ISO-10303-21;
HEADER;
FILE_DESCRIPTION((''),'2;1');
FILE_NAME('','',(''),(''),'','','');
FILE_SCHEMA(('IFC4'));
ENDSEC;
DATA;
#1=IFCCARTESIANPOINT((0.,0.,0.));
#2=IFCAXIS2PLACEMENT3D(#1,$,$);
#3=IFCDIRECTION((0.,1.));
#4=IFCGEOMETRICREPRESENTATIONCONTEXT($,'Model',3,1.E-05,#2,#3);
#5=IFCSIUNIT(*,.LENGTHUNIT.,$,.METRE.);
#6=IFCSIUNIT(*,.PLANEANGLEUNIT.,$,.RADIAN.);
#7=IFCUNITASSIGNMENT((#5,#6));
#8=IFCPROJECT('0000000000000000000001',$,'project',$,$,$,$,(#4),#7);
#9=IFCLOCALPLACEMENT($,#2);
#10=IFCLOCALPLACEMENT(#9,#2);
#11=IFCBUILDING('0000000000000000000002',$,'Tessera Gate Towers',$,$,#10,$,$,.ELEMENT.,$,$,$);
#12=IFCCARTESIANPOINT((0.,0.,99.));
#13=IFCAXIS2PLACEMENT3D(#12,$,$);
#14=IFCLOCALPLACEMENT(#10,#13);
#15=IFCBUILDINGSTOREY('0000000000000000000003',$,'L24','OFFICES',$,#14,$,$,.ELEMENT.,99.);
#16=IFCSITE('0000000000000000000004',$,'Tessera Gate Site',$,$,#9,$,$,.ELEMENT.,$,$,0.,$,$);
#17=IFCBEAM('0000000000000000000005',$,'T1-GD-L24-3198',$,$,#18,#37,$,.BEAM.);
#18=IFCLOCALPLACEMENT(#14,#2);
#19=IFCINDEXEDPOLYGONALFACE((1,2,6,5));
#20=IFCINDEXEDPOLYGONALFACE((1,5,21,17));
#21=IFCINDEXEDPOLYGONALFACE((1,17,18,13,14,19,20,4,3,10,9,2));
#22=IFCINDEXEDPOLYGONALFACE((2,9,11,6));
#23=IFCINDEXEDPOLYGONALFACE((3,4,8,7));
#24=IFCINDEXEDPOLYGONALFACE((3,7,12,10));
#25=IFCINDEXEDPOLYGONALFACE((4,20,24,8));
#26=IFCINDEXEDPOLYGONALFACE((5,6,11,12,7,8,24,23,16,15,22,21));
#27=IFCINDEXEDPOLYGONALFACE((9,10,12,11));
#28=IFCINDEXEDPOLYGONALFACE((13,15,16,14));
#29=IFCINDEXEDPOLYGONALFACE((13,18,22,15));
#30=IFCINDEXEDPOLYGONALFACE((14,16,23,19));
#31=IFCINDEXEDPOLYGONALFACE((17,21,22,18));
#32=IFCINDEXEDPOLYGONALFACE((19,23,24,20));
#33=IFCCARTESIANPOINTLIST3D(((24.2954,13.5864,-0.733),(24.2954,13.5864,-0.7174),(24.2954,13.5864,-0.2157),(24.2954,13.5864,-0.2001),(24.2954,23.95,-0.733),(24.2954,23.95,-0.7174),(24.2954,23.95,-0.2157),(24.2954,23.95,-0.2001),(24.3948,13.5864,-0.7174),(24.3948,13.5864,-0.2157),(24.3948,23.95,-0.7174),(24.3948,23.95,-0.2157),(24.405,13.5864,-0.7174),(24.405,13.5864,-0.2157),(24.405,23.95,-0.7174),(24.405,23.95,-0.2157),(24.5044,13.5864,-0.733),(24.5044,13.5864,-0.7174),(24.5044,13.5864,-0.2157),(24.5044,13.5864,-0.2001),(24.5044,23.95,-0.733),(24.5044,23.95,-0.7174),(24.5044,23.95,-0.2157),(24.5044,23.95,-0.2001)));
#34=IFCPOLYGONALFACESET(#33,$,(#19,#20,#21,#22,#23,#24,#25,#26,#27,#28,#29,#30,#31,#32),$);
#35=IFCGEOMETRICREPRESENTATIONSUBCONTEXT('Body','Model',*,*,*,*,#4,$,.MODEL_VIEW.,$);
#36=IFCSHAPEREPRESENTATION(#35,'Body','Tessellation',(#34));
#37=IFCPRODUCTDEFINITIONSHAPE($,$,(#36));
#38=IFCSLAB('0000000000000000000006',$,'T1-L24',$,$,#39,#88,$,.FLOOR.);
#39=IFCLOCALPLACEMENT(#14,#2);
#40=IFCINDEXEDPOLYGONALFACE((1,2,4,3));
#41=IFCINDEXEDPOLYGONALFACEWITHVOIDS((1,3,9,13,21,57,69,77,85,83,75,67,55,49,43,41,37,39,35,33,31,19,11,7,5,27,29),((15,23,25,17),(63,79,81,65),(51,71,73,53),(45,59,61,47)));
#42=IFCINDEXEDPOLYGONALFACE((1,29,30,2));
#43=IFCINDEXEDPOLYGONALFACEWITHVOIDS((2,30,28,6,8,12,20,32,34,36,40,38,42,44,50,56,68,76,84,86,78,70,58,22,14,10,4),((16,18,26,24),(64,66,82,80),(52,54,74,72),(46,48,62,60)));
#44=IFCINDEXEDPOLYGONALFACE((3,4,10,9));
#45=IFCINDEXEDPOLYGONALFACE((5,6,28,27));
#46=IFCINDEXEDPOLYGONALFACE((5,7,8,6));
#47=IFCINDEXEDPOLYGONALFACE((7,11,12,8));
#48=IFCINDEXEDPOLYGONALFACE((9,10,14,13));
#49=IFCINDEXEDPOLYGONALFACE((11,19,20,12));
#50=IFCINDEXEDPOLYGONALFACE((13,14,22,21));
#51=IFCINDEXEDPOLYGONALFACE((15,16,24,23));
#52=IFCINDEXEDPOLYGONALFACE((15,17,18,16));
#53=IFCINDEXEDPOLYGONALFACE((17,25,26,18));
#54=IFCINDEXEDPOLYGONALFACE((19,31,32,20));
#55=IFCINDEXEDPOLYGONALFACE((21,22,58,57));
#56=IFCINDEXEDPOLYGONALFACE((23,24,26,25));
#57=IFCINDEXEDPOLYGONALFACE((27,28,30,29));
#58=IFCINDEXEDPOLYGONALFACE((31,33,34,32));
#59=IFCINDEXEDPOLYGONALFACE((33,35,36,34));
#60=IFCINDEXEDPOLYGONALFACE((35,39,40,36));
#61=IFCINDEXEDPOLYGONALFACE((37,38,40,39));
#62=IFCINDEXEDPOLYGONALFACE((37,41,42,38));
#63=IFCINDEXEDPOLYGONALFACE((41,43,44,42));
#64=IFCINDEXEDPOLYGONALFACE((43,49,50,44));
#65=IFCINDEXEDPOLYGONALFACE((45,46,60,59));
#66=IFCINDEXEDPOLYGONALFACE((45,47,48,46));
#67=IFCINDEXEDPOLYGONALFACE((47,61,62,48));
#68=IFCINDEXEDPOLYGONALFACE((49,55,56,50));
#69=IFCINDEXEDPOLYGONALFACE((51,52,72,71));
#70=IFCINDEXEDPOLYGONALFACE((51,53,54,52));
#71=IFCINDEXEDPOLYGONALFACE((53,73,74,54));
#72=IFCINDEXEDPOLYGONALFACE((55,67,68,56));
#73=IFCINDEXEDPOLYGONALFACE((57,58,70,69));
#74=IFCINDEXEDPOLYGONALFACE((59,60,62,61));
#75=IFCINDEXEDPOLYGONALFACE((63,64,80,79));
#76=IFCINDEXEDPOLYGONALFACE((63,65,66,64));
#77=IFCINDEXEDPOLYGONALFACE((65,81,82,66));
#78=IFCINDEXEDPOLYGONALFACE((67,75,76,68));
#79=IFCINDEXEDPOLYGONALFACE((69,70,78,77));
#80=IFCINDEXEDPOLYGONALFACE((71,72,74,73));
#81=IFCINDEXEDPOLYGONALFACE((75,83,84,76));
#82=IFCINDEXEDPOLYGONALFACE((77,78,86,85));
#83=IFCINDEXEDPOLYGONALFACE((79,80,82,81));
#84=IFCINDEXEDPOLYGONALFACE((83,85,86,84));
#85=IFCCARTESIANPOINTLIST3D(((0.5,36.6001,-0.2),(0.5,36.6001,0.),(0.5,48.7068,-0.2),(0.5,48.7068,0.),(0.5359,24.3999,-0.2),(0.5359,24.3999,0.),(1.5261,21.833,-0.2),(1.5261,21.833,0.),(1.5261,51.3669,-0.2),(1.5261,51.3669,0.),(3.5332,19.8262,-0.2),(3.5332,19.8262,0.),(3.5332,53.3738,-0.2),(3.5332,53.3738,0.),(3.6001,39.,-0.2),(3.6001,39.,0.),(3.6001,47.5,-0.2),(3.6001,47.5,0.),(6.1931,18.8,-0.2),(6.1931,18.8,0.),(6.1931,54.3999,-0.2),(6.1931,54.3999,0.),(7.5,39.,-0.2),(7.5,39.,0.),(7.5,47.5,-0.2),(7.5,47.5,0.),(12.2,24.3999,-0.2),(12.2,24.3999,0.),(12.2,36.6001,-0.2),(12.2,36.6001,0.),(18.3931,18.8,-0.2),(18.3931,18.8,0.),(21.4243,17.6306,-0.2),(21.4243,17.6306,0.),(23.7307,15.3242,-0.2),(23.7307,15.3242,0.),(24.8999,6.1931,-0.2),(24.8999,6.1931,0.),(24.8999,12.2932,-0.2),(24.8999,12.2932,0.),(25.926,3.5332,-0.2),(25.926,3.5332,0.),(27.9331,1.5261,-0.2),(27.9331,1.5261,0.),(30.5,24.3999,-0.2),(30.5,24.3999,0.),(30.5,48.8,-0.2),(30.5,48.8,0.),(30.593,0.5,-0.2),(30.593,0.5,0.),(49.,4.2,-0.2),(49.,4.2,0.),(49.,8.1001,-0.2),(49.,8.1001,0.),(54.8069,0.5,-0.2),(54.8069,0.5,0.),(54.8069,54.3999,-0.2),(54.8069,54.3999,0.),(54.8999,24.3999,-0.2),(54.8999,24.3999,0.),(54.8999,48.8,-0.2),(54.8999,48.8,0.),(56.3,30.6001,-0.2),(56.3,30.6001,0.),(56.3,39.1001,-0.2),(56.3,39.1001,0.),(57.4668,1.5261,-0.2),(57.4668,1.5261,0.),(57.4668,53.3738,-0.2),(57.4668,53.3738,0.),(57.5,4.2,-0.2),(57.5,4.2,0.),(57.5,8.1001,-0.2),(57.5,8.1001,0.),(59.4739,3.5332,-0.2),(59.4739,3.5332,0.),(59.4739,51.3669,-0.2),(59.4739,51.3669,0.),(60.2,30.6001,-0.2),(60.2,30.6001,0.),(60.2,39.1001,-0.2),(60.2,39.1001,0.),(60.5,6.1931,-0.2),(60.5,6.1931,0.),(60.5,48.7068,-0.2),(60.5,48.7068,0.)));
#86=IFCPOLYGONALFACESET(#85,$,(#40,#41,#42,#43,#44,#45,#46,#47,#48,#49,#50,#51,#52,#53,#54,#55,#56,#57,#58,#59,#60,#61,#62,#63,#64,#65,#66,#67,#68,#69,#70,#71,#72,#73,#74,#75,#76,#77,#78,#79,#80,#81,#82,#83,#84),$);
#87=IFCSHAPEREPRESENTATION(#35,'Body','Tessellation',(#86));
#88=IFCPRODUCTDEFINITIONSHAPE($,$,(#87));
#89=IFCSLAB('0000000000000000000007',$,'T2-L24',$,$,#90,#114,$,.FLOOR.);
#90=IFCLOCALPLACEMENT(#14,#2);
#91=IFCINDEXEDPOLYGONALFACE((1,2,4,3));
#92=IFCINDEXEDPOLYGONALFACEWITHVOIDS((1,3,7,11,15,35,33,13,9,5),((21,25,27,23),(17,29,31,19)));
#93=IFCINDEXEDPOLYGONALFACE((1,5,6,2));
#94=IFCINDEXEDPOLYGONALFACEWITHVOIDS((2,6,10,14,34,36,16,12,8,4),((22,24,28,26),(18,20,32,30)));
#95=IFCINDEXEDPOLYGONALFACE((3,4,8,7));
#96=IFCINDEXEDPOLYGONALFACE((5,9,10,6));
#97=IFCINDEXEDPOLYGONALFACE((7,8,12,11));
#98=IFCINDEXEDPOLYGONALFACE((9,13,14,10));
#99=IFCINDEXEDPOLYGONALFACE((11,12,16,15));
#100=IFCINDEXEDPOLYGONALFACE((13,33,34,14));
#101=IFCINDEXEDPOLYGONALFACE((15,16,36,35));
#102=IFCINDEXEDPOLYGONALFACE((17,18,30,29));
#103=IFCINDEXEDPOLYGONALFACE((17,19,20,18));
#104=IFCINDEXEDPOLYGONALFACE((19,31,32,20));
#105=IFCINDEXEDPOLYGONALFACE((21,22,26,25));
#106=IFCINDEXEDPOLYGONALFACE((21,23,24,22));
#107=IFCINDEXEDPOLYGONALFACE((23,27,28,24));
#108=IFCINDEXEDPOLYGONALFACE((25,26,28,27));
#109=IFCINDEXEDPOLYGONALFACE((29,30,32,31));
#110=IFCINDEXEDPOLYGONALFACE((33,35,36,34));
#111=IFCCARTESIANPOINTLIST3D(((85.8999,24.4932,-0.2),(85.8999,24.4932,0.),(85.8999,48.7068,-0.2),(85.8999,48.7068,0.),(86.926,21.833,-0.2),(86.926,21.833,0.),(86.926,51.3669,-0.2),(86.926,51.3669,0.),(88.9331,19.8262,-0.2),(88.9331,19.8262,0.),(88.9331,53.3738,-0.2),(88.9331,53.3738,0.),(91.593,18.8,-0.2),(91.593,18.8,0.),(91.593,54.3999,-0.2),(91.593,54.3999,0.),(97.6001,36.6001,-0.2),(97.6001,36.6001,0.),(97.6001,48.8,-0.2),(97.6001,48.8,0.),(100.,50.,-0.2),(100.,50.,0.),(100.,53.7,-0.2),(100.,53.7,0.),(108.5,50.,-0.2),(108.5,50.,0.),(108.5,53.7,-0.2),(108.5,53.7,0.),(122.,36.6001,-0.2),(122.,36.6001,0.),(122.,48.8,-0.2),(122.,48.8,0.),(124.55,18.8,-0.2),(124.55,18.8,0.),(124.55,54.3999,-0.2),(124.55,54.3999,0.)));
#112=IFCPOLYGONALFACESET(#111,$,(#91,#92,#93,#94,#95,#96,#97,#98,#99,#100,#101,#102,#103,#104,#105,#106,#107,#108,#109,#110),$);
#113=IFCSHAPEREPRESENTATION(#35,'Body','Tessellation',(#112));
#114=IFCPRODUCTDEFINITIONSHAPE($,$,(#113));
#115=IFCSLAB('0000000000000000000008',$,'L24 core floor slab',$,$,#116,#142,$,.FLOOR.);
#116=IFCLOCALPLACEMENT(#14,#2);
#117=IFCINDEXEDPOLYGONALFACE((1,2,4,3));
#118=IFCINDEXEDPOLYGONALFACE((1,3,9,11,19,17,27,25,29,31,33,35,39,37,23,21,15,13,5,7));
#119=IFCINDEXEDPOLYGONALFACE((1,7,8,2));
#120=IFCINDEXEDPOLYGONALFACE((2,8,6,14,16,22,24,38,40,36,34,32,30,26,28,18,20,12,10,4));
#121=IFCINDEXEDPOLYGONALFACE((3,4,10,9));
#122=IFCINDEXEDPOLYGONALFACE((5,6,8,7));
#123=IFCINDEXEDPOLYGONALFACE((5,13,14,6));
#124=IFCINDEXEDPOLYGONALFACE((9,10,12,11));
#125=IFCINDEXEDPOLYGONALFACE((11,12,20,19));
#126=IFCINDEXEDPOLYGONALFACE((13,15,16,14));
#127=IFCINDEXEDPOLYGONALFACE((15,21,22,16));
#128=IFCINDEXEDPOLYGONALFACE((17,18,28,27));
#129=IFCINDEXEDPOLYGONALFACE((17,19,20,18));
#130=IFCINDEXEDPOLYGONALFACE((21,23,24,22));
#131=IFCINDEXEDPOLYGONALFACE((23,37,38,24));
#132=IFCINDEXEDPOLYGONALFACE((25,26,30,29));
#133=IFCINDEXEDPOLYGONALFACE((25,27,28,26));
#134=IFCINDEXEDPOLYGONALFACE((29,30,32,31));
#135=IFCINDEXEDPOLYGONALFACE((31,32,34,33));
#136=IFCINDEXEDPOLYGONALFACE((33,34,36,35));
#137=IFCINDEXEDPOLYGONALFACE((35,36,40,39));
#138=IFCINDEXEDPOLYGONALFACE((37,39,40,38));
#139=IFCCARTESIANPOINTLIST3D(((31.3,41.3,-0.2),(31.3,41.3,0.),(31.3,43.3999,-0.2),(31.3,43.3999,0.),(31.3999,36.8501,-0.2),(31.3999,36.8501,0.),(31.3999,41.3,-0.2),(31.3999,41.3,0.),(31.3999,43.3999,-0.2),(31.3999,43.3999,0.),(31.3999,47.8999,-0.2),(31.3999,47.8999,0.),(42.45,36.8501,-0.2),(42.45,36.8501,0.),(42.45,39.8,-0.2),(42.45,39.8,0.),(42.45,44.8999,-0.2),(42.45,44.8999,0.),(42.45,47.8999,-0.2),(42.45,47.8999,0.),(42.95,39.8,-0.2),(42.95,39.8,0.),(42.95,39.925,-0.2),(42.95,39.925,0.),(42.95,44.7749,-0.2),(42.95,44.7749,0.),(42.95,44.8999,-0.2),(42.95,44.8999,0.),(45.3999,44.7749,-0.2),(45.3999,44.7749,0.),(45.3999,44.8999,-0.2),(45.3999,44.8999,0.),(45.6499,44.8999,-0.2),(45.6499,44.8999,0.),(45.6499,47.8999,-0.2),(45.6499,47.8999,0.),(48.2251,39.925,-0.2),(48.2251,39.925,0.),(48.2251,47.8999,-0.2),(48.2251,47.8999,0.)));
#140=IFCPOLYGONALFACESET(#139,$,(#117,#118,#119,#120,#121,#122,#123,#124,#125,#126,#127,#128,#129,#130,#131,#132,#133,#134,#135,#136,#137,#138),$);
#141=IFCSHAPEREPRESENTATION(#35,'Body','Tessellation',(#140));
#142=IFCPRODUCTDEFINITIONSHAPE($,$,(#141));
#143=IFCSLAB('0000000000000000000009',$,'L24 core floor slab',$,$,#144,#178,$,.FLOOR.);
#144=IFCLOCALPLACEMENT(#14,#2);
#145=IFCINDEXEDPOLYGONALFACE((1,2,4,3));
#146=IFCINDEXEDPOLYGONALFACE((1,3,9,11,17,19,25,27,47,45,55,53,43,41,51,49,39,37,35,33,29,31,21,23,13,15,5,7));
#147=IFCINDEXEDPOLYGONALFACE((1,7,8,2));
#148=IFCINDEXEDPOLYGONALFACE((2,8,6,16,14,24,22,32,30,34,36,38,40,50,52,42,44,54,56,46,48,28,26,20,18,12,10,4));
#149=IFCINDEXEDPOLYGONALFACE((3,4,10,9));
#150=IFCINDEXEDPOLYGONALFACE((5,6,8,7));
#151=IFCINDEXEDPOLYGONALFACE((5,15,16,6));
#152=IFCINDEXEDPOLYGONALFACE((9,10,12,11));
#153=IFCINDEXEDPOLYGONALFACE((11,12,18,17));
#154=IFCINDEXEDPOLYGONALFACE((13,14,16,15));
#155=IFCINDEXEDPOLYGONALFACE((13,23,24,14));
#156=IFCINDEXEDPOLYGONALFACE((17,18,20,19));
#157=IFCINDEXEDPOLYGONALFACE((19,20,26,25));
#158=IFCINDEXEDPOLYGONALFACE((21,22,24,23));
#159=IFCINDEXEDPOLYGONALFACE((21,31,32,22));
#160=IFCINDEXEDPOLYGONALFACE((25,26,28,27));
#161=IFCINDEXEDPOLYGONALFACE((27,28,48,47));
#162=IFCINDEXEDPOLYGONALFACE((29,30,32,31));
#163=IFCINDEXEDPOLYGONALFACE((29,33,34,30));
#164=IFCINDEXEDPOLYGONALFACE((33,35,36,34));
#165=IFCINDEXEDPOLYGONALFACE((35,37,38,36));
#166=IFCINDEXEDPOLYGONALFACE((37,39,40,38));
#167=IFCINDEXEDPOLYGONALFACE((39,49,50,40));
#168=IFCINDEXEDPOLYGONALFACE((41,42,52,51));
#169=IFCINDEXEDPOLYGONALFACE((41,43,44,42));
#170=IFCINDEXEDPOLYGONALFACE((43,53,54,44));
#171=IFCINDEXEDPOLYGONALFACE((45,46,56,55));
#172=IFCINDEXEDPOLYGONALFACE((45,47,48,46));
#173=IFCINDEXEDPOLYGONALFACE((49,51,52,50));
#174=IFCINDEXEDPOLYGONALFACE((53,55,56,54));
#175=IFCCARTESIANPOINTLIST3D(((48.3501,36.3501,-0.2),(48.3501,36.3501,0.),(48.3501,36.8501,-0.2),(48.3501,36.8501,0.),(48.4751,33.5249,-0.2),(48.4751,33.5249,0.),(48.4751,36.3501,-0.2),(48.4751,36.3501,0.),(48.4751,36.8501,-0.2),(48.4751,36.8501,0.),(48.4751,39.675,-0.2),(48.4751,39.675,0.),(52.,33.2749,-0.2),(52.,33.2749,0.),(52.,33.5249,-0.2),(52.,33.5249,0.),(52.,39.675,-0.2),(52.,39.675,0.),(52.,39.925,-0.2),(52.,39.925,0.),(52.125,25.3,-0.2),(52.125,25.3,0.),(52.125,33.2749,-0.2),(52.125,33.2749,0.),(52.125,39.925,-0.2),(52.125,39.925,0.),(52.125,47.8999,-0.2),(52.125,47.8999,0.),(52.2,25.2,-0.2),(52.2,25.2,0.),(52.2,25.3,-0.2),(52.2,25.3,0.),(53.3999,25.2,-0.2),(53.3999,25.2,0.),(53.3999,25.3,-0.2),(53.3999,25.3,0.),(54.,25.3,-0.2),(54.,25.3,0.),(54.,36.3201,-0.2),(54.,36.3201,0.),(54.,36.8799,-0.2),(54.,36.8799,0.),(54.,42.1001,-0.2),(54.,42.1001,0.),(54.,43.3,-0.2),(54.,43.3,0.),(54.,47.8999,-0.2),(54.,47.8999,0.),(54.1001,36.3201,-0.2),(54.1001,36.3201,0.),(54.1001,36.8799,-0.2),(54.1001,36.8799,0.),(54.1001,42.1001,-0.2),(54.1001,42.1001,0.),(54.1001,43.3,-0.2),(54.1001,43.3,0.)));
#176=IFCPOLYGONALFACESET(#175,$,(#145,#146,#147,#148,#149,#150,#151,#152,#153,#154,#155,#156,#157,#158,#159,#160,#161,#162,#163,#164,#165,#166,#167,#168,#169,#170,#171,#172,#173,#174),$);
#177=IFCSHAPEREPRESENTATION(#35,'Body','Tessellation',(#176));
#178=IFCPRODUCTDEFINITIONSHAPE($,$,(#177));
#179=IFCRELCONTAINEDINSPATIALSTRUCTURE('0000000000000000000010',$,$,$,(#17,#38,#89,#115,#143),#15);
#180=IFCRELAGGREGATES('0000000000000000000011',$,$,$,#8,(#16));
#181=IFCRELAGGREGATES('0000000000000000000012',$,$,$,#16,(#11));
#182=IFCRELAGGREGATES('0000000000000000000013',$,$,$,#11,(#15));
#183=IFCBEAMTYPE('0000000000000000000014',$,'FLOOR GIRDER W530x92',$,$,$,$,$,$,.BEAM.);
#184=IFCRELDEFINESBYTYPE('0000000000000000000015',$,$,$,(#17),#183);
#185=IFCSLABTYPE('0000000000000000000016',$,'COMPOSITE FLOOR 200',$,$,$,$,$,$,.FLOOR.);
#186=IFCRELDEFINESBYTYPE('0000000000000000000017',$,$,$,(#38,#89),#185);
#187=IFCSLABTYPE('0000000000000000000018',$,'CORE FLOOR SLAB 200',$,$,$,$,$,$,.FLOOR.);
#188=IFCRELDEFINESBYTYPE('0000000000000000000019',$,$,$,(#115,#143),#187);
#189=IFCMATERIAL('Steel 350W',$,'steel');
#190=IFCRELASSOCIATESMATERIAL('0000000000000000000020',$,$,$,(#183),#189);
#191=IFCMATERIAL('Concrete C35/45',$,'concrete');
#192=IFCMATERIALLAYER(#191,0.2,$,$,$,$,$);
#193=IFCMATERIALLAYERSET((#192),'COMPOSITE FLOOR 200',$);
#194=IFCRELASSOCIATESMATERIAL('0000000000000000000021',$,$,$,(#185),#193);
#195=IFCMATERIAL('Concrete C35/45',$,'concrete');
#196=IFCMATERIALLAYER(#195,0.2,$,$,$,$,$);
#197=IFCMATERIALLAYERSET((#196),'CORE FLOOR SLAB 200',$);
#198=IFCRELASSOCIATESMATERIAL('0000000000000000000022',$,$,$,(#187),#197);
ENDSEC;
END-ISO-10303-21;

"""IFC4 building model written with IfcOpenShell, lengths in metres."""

from ifc_helpers import new_model, si_unit, direction, frame, origin, origin_2d, place, context, subcontext, project, spatial, polyline, i_section, outline, extrude, material, layer, layer_set, material_profile, profile_set, type_object, element, save


model = new_model("IFC4")

# Units and contexts
model_context = context("Model", 3, precision=1e-05, world=origin(), true_north=direction((0.0, 1.0)))
body_context = subcontext(model_context, "Body", "Model", "MODEL_VIEW")
ifc_project = project(units=[si_unit("LENGTHUNIT", "METRE"), si_unit("PLANEANGLEUNIT", "RADIAN")], contexts=[model_context])

# Site, building, storey
site_placement = place(None, origin())
site = spatial("IfcSite", under=ifc_project, at=site_placement, Name="Tessera Gate Site", CompositionType="ELEMENT", RefElevation=0.0)
building_placement = place(site_placement, origin())
building = spatial("IfcBuilding", under=site, at=building_placement, Name="Tessera Gate Towers", CompositionType="ELEMENT")
storey_placement = place(building_placement, frame((0.0, 0.0, 99.0)))
storey = spatial("IfcBuildingStorey", under=building, at=storey_placement, Name="L24", Description="OFFICES", CompositionType="ELEMENT", Elevation=99.0)

# Beam
ifc_material_1 = material(Name="Steel 350W", Category="steel")
ifc_material_profile = material_profile(ifc_material_1, i_section(OverallWidth=0.209, OverallDepth=0.533, WebThickness=0.0103, FlangeThickness=0.0156, at=origin_2d()), Name="W530x92")
ifc_profile_set = profile_set([ifc_material_profile], Name="Steel 350W")
beam_type = type_object("IfcBeamType", Name="FLOOR GIRDER W530x92", PredefinedType="BEAM", material=ifc_profile_set)
beam_placement = place(storey_placement, frame((24.3999, 13.5864, -0.4666), z_axis=(0.0, 1.0, 0.0), x_axis=(-1.0, 0.0, 0.0)))
element("IfcBeam", 1, at=beam_placement, inside=storey, type_object=beam_type, Name="T1-GD-L24-3198", PredefinedType="BEAM", context=body_context, shape_type="SweptSolid", body=[
    extrude(i_section(OverallWidth=0.209, OverallDepth=0.533, WebThickness=0.0103, FlangeThickness=0.0156, at=origin_2d()), origin(), (0.0, 0.0, 1.0), 10.3635),
])

# Slabs
ifc_material_2 = material(Name="Concrete C35/45", Category="concrete")
ifc_layer_1 = layer(ifc_material_2, 0.2)
ifc_layer_set_1 = layer_set([ifc_layer_1], Name="COMPOSITE FLOOR 200")
slab_type_1 = type_object("IfcSlabType", Name="COMPOSITE FLOOR 200", PredefinedType="FLOOR", material=ifc_layer_set_1)
slab_1_placement = place(storey_placement, frame((0.0, 0.0, -0.2)))
element("IfcSlab", 2, at=slab_1_placement, inside=storey, type_object=slab_type_1, Name="T1-L24", PredefinedType="FLOOR", context=body_context, shape_type="SweptSolid", body=[
    extrude(outline(polyline([(0.5, 36.6001), (12.2, 36.6001), (12.2, 24.3999), (0.5359, 24.3999), (1.5261, 21.833), (3.5332, 19.8262), (6.1931, 18.8), (18.3931, 18.8), (21.4243, 17.6306), (23.7307, 15.3242), (24.8999, 12.2932), (24.8999, 6.1931), (25.926, 3.5332), (27.9331, 1.5261), (30.593, 0.5), (54.8069, 0.5), (57.4668, 1.5261), (59.4739, 3.5332), (60.5, 6.1931), (60.5, 48.7068), (59.4739, 51.3669), (57.4668, 53.3738), (54.8069, 54.3999), (6.1931, 54.3999), (3.5332, 53.3738), (1.5261, 51.3669), (0.5, 48.7068), (0.5, 36.6001)]), holes=[polyline([(3.6001, 39.0), (3.6001, 47.5), (7.5, 47.5), (7.5, 39.0), (3.6001, 39.0)]), polyline([(30.5, 24.3999), (30.5, 48.8), (54.8999, 48.8), (54.8999, 24.3999), (30.5, 24.3999)]), polyline([(49.0, 4.2), (49.0, 8.1001), (57.5, 8.1001), (57.5, 4.2), (49.0, 4.2)]), polyline([(56.3, 30.6001), (56.3, 39.1001), (60.2, 39.1001), (60.2, 30.6001), (56.3, 30.6001)])]), origin(), (0.0, 0.0, 1.0), 0.2),
])
slab_2_placement = place(storey_placement, frame((0.0, 0.0, -0.2)))
element("IfcSlab", 3, at=slab_2_placement, inside=storey, type_object=slab_type_1, Name="T2-L24", PredefinedType="FLOOR", context=body_context, shape_type="SweptSolid", body=[
    extrude(outline(polyline([(85.8999, 24.4932), (86.926, 21.833), (88.9331, 19.8262), (91.593, 18.8), (124.55, 18.8), (124.55, 54.3999), (91.593, 54.3999), (88.9331, 53.3738), (86.926, 51.3669), (85.8999, 48.7068), (85.8999, 24.4932)]), holes=[polyline([(97.6001, 36.6001), (97.6001, 48.8), (122.0, 48.8), (122.0, 36.6001), (97.6001, 36.6001)]), polyline([(100.0, 50.0), (100.0, 53.7), (108.5, 53.7), (108.5, 50.0), (100.0, 50.0)])]), origin(), (0.0, 0.0, 1.0), 0.2),
])
ifc_material_3 = material(Name="Concrete C35/45", Category="concrete")
ifc_layer_2 = layer(ifc_material_3, 0.2)
ifc_layer_set_2 = layer_set([ifc_layer_2], Name="CORE FLOOR SLAB 200")
slab_type_2 = type_object("IfcSlabType", Name="CORE FLOOR SLAB 200", PredefinedType="FLOOR", material=ifc_layer_set_2)
slab_3_placement = place(storey_placement, frame((0.0, 0.0, -0.2)))
element("IfcSlab", 4, at=slab_3_placement, inside=storey, type_object=slab_type_2, Name="L24 core floor slab", PredefinedType="FLOOR", context=body_context, shape_type="SweptSolid", body=[
    extrude(outline(polyline([(31.3999, 47.8999), (31.3999, 43.3999), (31.3, 43.3999), (31.3, 41.3), (31.3999, 41.3), (31.3999, 36.8501), (42.45, 36.8501), (42.45, 39.8), (42.95, 39.8), (42.95, 39.925), (48.2251, 39.925), (48.2251, 47.8999), (45.6499, 47.8999), (45.6499, 44.8999), (45.3999, 44.8999), (45.3999, 44.7749), (42.95, 44.7749), (42.95, 44.8999), (42.45, 44.8999), (42.45, 47.8999), (31.3999, 47.8999)])), origin(), (0.0, 0.0, 1.0), 0.2),
])
slab_4_placement = place(storey_placement, frame((0.0, 0.0, -0.2)))
element("IfcSlab", 5, at=slab_4_placement, inside=storey, type_object=slab_type_2, Name="L24 core floor slab", PredefinedType="FLOOR", context=body_context, shape_type="SweptSolid", body=[
    extrude(outline(polyline([(52.2, 25.2), (53.3999, 25.2), (53.3999, 25.3), (54.0, 25.3), (54.0, 36.3201), (54.1001, 36.3201), (54.1001, 36.8799), (54.0, 36.8799), (54.0, 42.1001), (54.1001, 42.1001), (54.1001, 43.3), (54.0, 43.3), (54.0, 47.8999), (52.125, 47.8999), (52.125, 39.925), (52.0, 39.925), (52.0, 39.675), (48.4751, 39.675), (48.4751, 36.8501), (48.3501, 36.8501), (48.3501, 36.3501), (48.4751, 36.3501), (48.4751, 33.5249), (52.0, 33.5249), (52.0, 33.2749), (52.125, 33.2749), (52.125, 25.3), (52.2, 25.3), (52.2, 25.2)])), origin(), (0.0, 0.0, 1.0), 0.2),
])

save(model, "model.ifc")
